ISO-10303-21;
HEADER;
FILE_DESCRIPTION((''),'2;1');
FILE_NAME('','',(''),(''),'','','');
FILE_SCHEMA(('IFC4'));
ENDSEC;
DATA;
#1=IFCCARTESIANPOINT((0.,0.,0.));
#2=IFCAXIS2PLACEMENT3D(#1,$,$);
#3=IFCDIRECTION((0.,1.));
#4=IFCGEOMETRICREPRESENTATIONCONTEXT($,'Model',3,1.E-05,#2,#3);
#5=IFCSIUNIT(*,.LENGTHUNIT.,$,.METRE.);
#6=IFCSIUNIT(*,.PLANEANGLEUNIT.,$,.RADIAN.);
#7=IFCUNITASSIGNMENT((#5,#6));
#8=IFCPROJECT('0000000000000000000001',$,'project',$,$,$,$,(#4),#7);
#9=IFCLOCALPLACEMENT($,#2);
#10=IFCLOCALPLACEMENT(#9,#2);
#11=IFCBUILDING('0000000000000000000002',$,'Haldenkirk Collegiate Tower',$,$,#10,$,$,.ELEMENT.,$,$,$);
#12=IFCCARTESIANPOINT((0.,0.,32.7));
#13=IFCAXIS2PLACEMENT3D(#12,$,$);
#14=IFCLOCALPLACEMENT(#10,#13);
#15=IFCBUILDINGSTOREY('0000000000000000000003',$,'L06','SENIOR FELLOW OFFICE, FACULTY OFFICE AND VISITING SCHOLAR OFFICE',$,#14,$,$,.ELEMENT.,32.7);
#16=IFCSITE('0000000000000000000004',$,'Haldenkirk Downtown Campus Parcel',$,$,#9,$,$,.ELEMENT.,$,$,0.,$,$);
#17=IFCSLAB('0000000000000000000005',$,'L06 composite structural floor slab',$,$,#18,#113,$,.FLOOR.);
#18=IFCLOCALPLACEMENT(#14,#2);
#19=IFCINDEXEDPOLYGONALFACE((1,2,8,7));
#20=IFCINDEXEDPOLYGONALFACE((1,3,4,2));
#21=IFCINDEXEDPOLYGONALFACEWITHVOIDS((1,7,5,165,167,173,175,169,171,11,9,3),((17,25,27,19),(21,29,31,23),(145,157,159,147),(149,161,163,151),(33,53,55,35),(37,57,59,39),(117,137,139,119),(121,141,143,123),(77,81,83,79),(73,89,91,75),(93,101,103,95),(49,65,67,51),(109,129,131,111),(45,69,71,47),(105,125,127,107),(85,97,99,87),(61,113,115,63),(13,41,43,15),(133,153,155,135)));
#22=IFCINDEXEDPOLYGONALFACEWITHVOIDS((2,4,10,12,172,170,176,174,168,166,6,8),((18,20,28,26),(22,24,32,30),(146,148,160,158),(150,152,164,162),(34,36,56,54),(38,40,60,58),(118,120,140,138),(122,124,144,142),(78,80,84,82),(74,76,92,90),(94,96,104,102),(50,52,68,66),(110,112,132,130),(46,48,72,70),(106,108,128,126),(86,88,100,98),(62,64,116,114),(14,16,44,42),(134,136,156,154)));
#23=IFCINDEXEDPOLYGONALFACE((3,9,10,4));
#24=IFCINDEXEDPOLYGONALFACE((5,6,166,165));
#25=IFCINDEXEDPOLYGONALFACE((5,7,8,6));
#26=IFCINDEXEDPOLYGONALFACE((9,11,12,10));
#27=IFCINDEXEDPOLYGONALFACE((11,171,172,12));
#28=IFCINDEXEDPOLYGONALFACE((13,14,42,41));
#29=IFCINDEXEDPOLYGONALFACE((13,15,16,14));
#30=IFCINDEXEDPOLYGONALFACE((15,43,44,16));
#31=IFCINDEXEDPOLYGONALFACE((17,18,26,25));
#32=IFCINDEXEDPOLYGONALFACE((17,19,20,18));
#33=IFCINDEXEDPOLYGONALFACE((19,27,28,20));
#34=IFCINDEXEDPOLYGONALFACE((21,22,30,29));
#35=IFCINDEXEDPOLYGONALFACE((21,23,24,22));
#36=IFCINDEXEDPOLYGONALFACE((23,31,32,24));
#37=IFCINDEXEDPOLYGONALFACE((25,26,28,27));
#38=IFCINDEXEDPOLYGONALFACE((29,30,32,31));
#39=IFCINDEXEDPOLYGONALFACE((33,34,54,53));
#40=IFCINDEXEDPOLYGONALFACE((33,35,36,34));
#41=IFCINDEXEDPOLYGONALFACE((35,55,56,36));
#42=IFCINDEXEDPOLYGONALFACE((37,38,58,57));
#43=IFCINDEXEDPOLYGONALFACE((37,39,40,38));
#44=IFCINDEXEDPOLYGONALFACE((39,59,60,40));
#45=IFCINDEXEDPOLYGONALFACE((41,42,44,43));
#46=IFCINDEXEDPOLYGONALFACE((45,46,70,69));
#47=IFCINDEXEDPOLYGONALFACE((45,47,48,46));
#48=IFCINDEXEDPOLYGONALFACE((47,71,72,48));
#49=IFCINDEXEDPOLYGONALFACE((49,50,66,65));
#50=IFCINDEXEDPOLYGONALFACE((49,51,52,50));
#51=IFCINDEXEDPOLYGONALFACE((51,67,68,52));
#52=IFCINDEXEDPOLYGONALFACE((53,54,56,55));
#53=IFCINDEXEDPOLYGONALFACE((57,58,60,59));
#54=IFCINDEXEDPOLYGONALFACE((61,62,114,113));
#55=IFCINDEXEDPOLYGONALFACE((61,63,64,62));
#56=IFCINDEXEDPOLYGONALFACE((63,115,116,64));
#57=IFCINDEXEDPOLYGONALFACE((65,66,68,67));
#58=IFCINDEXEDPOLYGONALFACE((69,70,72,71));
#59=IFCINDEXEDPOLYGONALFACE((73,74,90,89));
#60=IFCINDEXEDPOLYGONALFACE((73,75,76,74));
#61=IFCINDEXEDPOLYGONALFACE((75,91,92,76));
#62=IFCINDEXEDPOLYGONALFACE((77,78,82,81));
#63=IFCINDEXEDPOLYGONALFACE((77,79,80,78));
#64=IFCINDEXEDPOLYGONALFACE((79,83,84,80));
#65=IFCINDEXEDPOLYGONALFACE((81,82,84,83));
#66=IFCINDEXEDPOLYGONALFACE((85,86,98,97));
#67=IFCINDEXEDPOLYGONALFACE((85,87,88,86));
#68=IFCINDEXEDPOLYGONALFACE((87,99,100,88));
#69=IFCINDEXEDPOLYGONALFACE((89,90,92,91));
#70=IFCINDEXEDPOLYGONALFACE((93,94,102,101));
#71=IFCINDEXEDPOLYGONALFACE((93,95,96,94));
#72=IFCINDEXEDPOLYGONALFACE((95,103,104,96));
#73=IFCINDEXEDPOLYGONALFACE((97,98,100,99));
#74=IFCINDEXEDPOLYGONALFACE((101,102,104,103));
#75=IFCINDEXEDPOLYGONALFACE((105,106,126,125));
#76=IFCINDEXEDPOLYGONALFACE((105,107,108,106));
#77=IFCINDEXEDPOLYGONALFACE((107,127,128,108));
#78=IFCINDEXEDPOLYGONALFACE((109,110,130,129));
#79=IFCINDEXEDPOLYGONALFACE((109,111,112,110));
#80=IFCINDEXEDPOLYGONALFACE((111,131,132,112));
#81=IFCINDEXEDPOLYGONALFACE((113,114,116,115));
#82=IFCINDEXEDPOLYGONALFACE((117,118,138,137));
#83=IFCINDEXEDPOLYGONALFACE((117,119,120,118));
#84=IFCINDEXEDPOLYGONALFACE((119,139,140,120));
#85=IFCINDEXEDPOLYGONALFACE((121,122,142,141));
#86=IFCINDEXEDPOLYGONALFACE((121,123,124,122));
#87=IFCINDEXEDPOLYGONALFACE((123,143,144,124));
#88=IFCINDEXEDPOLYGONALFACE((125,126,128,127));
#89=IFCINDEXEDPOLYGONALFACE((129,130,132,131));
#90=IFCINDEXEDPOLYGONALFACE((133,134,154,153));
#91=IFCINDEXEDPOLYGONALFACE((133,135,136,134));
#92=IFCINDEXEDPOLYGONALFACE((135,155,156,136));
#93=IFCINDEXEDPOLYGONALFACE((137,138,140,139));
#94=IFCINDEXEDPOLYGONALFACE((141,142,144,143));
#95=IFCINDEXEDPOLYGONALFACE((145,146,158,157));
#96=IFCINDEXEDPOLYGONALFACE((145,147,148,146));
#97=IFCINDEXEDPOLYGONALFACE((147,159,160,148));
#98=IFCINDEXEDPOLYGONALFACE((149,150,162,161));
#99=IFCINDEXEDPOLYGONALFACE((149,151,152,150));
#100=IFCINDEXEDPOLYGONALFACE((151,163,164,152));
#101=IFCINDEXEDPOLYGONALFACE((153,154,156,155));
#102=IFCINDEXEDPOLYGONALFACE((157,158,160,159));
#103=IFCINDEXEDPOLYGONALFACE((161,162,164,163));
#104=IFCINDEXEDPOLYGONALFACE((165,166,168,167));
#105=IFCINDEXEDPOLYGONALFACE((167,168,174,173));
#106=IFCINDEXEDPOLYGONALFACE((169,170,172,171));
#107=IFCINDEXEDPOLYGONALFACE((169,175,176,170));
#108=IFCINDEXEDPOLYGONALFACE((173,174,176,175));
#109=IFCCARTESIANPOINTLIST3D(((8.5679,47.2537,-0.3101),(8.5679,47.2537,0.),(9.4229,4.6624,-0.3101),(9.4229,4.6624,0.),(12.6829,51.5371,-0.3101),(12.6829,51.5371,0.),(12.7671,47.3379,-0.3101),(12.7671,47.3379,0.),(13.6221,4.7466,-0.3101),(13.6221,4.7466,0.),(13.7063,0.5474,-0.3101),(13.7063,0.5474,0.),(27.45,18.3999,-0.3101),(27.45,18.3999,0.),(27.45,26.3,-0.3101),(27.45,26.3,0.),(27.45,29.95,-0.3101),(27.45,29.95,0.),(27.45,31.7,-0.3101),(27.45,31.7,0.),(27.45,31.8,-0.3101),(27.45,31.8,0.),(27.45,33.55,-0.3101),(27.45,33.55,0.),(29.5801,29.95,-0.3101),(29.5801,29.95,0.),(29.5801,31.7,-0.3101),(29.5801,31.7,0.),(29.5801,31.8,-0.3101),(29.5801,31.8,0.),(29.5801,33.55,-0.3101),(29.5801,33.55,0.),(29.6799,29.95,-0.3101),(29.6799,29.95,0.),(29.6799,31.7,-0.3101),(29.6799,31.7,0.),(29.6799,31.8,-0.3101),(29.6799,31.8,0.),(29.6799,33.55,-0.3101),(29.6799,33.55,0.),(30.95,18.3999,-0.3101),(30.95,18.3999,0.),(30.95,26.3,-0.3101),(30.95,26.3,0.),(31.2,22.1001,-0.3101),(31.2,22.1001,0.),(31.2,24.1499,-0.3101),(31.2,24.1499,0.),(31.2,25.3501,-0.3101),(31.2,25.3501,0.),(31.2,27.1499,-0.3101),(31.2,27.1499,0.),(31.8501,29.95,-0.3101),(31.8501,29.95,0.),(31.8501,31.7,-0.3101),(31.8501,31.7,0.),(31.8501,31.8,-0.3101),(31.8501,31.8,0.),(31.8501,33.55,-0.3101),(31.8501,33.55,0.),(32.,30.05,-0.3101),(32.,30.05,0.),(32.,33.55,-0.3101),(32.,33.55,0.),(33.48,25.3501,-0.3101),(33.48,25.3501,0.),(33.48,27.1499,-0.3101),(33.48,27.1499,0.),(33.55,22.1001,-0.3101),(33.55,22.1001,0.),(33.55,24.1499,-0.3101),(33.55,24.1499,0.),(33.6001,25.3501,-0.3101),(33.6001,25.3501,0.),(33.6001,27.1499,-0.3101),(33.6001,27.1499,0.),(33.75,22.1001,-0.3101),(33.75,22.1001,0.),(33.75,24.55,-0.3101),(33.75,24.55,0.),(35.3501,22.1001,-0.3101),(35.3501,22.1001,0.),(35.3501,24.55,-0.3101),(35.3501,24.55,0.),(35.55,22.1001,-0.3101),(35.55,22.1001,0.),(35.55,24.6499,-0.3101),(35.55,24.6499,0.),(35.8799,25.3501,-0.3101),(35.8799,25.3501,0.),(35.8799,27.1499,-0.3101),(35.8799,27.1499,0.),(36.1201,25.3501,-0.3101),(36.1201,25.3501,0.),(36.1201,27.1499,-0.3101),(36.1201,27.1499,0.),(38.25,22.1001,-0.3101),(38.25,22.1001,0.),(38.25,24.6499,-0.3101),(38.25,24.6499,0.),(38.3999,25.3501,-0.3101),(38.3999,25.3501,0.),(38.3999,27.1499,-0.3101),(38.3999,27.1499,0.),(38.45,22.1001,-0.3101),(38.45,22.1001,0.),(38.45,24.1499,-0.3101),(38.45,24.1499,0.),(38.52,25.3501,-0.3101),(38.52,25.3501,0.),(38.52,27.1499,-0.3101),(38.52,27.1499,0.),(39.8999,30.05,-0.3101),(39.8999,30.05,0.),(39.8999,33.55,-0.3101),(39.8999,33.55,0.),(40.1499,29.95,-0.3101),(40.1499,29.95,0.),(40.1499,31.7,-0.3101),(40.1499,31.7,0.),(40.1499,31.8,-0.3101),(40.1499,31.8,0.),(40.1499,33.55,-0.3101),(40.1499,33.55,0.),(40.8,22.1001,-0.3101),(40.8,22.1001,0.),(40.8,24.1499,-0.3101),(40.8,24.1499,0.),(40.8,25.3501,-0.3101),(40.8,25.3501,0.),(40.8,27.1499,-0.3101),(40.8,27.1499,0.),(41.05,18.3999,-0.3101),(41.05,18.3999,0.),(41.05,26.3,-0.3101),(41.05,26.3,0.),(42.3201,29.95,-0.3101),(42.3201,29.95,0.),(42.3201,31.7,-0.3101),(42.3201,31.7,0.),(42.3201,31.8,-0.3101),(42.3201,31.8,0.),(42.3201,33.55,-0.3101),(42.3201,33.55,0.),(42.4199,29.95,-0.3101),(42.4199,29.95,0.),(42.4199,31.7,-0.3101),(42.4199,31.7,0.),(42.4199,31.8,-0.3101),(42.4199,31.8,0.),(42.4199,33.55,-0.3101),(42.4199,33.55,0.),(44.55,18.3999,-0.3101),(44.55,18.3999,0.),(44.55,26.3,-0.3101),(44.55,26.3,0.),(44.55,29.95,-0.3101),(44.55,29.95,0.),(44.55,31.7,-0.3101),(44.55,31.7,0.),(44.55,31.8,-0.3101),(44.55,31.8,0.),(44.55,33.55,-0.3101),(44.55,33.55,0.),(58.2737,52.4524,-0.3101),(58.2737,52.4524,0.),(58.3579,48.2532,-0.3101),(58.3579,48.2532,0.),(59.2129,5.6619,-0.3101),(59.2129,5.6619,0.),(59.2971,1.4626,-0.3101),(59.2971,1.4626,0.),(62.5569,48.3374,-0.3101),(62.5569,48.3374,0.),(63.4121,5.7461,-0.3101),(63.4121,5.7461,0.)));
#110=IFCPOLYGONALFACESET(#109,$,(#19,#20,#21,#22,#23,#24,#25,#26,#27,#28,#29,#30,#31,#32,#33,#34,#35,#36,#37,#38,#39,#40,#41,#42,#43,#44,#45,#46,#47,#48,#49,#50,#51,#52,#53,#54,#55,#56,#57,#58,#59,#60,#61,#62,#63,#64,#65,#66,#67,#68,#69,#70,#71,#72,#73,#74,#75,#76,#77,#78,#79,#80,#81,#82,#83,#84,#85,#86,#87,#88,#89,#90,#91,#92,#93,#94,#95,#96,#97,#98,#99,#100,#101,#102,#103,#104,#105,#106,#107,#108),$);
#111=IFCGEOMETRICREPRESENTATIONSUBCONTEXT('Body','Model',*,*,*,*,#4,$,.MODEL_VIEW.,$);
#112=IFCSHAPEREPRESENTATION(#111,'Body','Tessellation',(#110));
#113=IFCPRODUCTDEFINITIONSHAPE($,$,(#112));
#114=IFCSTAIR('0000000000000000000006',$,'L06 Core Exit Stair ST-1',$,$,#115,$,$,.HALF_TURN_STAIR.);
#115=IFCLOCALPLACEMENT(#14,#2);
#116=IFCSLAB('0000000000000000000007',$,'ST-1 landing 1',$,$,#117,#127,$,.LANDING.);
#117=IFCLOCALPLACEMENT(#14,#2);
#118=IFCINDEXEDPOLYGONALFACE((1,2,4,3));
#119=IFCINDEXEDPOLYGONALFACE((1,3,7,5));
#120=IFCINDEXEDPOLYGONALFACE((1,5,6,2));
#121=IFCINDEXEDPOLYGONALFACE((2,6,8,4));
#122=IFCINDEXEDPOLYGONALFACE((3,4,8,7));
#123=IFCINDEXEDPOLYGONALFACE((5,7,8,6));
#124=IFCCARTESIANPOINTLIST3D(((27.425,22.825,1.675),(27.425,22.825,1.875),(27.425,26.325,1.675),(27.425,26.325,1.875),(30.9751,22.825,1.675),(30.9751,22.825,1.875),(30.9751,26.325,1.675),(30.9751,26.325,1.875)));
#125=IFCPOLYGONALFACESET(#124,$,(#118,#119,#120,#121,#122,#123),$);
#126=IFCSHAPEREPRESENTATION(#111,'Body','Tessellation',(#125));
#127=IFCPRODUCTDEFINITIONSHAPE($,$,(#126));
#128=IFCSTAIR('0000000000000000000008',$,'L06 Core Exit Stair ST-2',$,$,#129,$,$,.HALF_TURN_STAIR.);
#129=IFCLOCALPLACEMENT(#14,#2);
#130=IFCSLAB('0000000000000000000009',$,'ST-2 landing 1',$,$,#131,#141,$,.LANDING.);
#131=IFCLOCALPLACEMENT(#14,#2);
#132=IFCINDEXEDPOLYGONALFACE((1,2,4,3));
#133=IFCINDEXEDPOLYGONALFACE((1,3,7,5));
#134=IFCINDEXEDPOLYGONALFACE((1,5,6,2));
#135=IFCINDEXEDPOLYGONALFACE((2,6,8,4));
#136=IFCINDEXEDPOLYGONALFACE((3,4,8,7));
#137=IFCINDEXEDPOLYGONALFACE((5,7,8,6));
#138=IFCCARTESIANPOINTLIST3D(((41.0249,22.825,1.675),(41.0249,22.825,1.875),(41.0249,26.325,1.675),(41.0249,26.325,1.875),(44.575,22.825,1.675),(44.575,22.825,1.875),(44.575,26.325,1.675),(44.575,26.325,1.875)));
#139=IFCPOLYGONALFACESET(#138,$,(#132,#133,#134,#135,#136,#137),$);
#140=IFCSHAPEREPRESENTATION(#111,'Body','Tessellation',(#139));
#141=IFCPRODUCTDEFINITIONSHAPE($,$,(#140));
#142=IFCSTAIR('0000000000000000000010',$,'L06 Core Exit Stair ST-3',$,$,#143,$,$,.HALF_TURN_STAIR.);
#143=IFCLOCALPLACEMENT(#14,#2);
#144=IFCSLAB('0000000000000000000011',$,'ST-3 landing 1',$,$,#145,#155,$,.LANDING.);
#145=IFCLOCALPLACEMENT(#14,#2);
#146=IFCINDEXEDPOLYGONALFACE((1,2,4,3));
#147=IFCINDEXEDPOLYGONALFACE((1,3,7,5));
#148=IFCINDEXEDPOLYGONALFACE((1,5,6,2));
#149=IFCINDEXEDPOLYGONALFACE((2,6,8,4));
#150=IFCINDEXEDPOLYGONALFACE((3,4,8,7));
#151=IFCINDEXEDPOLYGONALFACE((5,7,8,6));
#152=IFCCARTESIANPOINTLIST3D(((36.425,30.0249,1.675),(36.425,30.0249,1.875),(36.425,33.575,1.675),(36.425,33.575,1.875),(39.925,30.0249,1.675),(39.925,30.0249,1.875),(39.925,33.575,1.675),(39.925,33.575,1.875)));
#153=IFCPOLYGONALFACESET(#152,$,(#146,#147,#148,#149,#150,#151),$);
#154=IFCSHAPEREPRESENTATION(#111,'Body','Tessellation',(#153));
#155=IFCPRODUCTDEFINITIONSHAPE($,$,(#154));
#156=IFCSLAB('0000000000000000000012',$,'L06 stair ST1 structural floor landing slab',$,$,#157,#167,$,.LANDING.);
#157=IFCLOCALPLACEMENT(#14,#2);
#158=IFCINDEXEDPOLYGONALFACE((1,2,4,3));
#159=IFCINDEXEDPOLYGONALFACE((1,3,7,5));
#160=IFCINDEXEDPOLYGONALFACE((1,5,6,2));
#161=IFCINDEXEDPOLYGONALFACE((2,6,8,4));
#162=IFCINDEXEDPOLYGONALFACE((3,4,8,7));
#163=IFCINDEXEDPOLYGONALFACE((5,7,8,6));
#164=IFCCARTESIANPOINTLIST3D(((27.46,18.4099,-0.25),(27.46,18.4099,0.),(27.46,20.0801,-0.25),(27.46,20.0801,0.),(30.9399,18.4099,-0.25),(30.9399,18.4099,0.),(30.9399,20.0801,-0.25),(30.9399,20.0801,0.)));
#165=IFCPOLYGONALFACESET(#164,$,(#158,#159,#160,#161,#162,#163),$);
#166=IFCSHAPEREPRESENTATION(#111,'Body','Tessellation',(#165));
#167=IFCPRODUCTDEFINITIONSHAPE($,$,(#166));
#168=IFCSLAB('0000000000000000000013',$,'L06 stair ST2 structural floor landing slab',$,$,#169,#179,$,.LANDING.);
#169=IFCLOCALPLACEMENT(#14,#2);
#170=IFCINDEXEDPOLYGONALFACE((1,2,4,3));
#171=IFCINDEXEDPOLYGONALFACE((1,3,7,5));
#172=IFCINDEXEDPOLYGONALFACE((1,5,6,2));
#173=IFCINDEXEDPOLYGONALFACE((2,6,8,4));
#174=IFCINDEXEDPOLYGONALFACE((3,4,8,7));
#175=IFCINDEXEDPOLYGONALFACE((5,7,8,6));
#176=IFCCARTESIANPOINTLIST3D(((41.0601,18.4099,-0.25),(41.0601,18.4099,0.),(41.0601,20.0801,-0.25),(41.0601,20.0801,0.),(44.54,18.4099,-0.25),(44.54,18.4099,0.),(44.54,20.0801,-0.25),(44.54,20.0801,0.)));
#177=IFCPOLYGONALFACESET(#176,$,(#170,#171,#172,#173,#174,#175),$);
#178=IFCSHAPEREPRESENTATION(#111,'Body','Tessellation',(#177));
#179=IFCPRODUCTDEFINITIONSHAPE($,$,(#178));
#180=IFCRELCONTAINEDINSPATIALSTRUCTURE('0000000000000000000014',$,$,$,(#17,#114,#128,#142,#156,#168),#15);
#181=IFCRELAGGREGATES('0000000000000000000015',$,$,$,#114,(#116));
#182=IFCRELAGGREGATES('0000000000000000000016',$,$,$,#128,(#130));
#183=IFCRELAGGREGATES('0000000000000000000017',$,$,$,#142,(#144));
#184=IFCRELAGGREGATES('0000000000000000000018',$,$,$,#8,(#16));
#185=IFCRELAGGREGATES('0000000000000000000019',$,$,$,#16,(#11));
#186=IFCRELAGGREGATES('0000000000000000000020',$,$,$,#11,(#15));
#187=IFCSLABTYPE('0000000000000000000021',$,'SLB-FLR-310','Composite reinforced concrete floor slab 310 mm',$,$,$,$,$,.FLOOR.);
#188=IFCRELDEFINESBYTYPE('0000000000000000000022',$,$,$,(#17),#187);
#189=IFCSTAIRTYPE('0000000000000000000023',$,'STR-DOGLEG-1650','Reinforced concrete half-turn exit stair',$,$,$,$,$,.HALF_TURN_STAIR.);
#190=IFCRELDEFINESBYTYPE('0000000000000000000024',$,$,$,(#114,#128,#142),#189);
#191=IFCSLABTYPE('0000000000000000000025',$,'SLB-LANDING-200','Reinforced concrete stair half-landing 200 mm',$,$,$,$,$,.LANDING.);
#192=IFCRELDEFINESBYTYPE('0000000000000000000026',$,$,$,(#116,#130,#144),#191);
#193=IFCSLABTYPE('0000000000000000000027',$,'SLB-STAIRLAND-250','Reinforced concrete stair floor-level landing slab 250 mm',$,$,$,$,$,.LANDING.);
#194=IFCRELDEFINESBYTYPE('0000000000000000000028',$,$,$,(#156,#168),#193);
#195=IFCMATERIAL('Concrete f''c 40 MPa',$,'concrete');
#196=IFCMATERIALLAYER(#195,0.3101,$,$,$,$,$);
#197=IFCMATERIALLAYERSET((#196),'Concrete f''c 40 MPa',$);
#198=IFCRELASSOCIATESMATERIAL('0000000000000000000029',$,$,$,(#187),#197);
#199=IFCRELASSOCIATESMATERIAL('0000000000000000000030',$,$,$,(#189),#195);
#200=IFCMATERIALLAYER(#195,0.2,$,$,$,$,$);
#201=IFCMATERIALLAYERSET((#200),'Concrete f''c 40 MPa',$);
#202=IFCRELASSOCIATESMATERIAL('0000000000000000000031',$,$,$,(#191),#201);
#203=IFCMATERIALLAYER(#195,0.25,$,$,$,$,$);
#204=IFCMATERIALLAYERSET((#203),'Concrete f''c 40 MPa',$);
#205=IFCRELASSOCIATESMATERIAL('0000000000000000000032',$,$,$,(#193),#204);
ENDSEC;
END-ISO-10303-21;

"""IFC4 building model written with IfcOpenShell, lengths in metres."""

from ifc_helpers import new_model, si_unit, direction, frame, origin, place, context, subcontext, project, spatial, polyline, outline, extrude, material, layer, layer_set, type_object, element, aggregate, save


model = new_model("IFC4")

# Units and contexts
model_context = context("Model", 3, precision=1e-05, world=origin(), true_north=direction((0.0, 1.0)))
body_context = subcontext(model_context, "Body", "Model", "MODEL_VIEW")
ifc_project = project(units=[si_unit("LENGTHUNIT", "METRE"), si_unit("PLANEANGLEUNIT", "RADIAN")], contexts=[model_context])

# Site, building, storey
site_placement = place(None, origin())
site = spatial("IfcSite", under=ifc_project, at=site_placement, Name="Haldenkirk Downtown Campus Parcel", CompositionType="ELEMENT", RefElevation=0.0)
building_placement = place(site_placement, origin())
building = spatial("IfcBuilding", under=site, at=building_placement, Name="Haldenkirk Collegiate Tower", CompositionType="ELEMENT")
storey_placement = place(building_placement, frame((0.0, 0.0, 32.7)))
storey = spatial("IfcBuildingStorey", under=building, at=storey_placement, Name="L06", Description="SENIOR FELLOW OFFICE, FACULTY OFFICE AND VISITING SCHOLAR OFFICE", CompositionType="ELEMENT", Elevation=32.7)

# Slab
ifc_material_1 = material(Name="Concrete f'c 40 MPa", Category="concrete")
ifc_layer_1 = layer(ifc_material_1, 0.3101)
ifc_layer_set_1 = layer_set([ifc_layer_1], Name="Concrete f'c 40 MPa")
slab_type_1 = type_object("IfcSlabType", Name="SLB-FLR-310", Description="Composite reinforced concrete floor slab 310 mm", PredefinedType="FLOOR", material=ifc_layer_set_1)
slab_1_placement = place(storey_placement, frame((0.0, 0.0, -0.3101)))
element("IfcSlab", 1, at=slab_1_placement, inside=storey, type_object=slab_type_1, Name="L06 composite structural floor slab", PredefinedType="FLOOR", context=body_context, shape_type="SweptSolid", body=[
    extrude(outline(polyline([(13.7063, 0.5474), (59.2971, 1.4626), (59.2129, 5.6619), (63.4121, 5.7461), (62.5569, 48.3374), (58.3579, 48.2532), (58.2737, 52.4524), (12.6829, 51.5371), (12.7671, 47.3379), (8.5679, 47.2537), (9.4229, 4.6624), (13.6221, 4.7466), (13.7063, 0.5474)]), holes=[polyline([(27.45, 18.3999), (30.95, 18.3999), (30.95, 26.3), (27.45, 26.3), (27.45, 18.3999)]), polyline([(41.05, 18.3999), (44.55, 18.3999), (44.55, 26.3), (41.05, 26.3), (41.05, 18.3999)]), polyline([(32.0, 30.05), (39.8999, 30.05), (39.8999, 33.55), (32.0, 33.55), (32.0, 30.05)]), polyline([(33.75, 22.1001), (35.3501, 22.1001), (35.3501, 24.55), (33.75, 24.55), (33.75, 22.1001)]), polyline([(27.45, 29.95), (29.5801, 29.95), (29.5801, 31.7), (27.45, 31.7), (27.45, 29.95)]), polyline([(29.6799, 29.95), (31.8501, 29.95), (31.8501, 31.7), (29.6799, 31.7), (29.6799, 29.95)]), polyline([(27.45, 31.8), (29.5801, 31.8), (29.5801, 33.55), (27.45, 33.55), (27.45, 31.8)]), polyline([(29.6799, 31.8), (31.8501, 31.8), (31.8501, 33.55), (29.6799, 33.55), (29.6799, 31.8)]), polyline([(40.1499, 29.95), (42.3201, 29.95), (42.3201, 31.7), (40.1499, 31.7), (40.1499, 29.95)]), polyline([(42.4199, 29.95), (44.55, 29.95), (44.55, 31.7), (42.4199, 31.7), (42.4199, 29.95)]), polyline([(40.1499, 31.8), (42.3201, 31.8), (42.3201, 33.55), (40.1499, 33.55), (40.1499, 31.8)]), polyline([(42.4199, 31.8), (44.55, 31.8), (44.55, 33.55), (42.4199, 33.55), (42.4199, 31.8)]), polyline([(31.2, 25.3501), (33.48, 25.3501), (33.48, 27.1499), (31.2, 27.1499), (31.2, 25.3501)]), polyline([(33.6001, 25.3501), (35.8799, 25.3501), (35.8799, 27.1499), (33.6001, 27.1499), (33.6001, 25.3501)]), polyline([(36.1201, 25.3501), (38.3999, 25.3501), (38.3999, 27.1499), (36.1201, 27.1499), (36.1201, 25.3501)]), polyline([(38.52, 25.3501), (40.8, 25.3501), (40.8, 27.1499), (38.52, 27.1499), (38.52, 25.3501)]), polyline([(31.2, 22.1001), (33.55, 22.1001), (33.55, 24.1499), (31.2, 24.1499), (31.2, 22.1001)]), polyline([(38.45, 22.1001), (40.8, 22.1001), (40.8, 24.1499), (38.45, 24.1499), (38.45, 22.1001)]), polyline([(35.55, 22.1001), (38.25, 22.1001), (38.25, 24.6499), (35.55, 24.6499), (35.55, 22.1001)])]), origin(), (0.0, 0.0, 1.0), 0.3101),
])

# Stairs, slabs
stair_type = type_object("IfcStairType", Name="STR-DOGLEG-1650", Description="Reinforced concrete half-turn exit stair", PredefinedType="HALF_TURN_STAIR", material=ifc_material_1)
stair_1_placement = place(storey_placement, origin())
stair_1 = element("IfcStair", 2, at=stair_1_placement, inside=storey, type_object=stair_type, Name="L06 Core Exit Stair ST-1", PredefinedType="HALF_TURN_STAIR")
ifc_layer_2 = layer(ifc_material_1, 0.2)
ifc_layer_set_2 = layer_set([ifc_layer_2], Name="Concrete f'c 40 MPa")
slab_type_2 = type_object("IfcSlabType", Name="SLB-LANDING-200", Description="Reinforced concrete stair half-landing 200 mm", PredefinedType="LANDING", material=ifc_layer_set_2)
slab_2_placement = place(storey_placement, frame((0.0, 0.0, 1.675)))
slab_2 = element("IfcSlab", 3, at=slab_2_placement, type_object=slab_type_2, Name="ST-1 landing 1", PredefinedType="LANDING", context=body_context, shape_type="SweptSolid", body=[
    extrude(outline(polyline([(30.9751, 22.825), (27.425, 22.825), (27.425, 26.325), (30.9751, 26.325), (30.9751, 22.825)])), origin(), (0.0, 0.0, 1.0), 0.2),
])
aggregate(stair_1, [slab_2])
stair_2_placement = place(storey_placement, origin())
stair_2 = element("IfcStair", 4, at=stair_2_placement, inside=storey, type_object=stair_type, Name="L06 Core Exit Stair ST-2", PredefinedType="HALF_TURN_STAIR")
slab_3_placement = place(storey_placement, frame((0.0, 0.0, 1.675)))
slab_3 = element("IfcSlab", 5, at=slab_3_placement, type_object=slab_type_2, Name="ST-2 landing 1", PredefinedType="LANDING", context=body_context, shape_type="SweptSolid", body=[
    extrude(outline(polyline([(44.575, 22.825), (41.0249, 22.825), (41.0249, 26.325), (44.575, 26.325), (44.575, 22.825)])), origin(), (0.0, 0.0, 1.0), 0.2),
])
aggregate(stair_2, [slab_3])
stair_3_placement = place(storey_placement, origin())
stair_3 = element("IfcStair", 6, at=stair_3_placement, inside=storey, type_object=stair_type, Name="L06 Core Exit Stair ST-3", PredefinedType="HALF_TURN_STAIR")
slab_4_placement = place(storey_placement, frame((0.0, 0.0, 1.675)))
slab_4 = element("IfcSlab", 7, at=slab_4_placement, type_object=slab_type_2, Name="ST-3 landing 1", PredefinedType="LANDING", context=body_context, shape_type="SweptSolid", body=[
    extrude(outline(polyline([(36.425, 30.0249), (36.425, 33.575), (39.925, 33.575), (39.925, 30.0249), (36.425, 30.0249)])), origin(), (0.0, 0.0, 1.0), 0.2),
])
aggregate(stair_3, [slab_4])

# Slabs
ifc_layer_3 = layer(ifc_material_1, 0.25)
ifc_layer_set_3 = layer_set([ifc_layer_3], Name="Concrete f'c 40 MPa")
slab_type_3 = type_object("IfcSlabType", Name="SLB-STAIRLAND-250", Description="Reinforced concrete stair floor-level landing slab 250 mm", PredefinedType="LANDING", material=ifc_layer_set_3)
slab_5_placement = place(storey_placement, frame((0.0, 0.0, -0.25)))
element("IfcSlab", 8, at=slab_5_placement, inside=storey, type_object=slab_type_3, Name="L06 stair ST1 structural floor landing slab", PredefinedType="LANDING", context=body_context, shape_type="SweptSolid", body=[
    extrude(outline(polyline([(27.46, 18.4099), (30.9399, 18.4099), (30.9399, 20.0801), (27.46, 20.0801), (27.46, 18.4099)])), origin(), (0.0, 0.0, 1.0), 0.25),
])
slab_6_placement = place(storey_placement, frame((0.0, 0.0, -0.25)))
element("IfcSlab", 9, at=slab_6_placement, inside=storey, type_object=slab_type_3, Name="L06 stair ST2 structural floor landing slab", PredefinedType="LANDING", context=body_context, shape_type="SweptSolid", body=[
    extrude(outline(polyline([(41.0601, 18.4099), (44.54, 18.4099), (44.54, 20.0801), (41.0601, 20.0801), (41.0601, 18.4099)])), origin(), (0.0, 0.0, 1.0), 0.25),
])

save(model, "model.ifc")
